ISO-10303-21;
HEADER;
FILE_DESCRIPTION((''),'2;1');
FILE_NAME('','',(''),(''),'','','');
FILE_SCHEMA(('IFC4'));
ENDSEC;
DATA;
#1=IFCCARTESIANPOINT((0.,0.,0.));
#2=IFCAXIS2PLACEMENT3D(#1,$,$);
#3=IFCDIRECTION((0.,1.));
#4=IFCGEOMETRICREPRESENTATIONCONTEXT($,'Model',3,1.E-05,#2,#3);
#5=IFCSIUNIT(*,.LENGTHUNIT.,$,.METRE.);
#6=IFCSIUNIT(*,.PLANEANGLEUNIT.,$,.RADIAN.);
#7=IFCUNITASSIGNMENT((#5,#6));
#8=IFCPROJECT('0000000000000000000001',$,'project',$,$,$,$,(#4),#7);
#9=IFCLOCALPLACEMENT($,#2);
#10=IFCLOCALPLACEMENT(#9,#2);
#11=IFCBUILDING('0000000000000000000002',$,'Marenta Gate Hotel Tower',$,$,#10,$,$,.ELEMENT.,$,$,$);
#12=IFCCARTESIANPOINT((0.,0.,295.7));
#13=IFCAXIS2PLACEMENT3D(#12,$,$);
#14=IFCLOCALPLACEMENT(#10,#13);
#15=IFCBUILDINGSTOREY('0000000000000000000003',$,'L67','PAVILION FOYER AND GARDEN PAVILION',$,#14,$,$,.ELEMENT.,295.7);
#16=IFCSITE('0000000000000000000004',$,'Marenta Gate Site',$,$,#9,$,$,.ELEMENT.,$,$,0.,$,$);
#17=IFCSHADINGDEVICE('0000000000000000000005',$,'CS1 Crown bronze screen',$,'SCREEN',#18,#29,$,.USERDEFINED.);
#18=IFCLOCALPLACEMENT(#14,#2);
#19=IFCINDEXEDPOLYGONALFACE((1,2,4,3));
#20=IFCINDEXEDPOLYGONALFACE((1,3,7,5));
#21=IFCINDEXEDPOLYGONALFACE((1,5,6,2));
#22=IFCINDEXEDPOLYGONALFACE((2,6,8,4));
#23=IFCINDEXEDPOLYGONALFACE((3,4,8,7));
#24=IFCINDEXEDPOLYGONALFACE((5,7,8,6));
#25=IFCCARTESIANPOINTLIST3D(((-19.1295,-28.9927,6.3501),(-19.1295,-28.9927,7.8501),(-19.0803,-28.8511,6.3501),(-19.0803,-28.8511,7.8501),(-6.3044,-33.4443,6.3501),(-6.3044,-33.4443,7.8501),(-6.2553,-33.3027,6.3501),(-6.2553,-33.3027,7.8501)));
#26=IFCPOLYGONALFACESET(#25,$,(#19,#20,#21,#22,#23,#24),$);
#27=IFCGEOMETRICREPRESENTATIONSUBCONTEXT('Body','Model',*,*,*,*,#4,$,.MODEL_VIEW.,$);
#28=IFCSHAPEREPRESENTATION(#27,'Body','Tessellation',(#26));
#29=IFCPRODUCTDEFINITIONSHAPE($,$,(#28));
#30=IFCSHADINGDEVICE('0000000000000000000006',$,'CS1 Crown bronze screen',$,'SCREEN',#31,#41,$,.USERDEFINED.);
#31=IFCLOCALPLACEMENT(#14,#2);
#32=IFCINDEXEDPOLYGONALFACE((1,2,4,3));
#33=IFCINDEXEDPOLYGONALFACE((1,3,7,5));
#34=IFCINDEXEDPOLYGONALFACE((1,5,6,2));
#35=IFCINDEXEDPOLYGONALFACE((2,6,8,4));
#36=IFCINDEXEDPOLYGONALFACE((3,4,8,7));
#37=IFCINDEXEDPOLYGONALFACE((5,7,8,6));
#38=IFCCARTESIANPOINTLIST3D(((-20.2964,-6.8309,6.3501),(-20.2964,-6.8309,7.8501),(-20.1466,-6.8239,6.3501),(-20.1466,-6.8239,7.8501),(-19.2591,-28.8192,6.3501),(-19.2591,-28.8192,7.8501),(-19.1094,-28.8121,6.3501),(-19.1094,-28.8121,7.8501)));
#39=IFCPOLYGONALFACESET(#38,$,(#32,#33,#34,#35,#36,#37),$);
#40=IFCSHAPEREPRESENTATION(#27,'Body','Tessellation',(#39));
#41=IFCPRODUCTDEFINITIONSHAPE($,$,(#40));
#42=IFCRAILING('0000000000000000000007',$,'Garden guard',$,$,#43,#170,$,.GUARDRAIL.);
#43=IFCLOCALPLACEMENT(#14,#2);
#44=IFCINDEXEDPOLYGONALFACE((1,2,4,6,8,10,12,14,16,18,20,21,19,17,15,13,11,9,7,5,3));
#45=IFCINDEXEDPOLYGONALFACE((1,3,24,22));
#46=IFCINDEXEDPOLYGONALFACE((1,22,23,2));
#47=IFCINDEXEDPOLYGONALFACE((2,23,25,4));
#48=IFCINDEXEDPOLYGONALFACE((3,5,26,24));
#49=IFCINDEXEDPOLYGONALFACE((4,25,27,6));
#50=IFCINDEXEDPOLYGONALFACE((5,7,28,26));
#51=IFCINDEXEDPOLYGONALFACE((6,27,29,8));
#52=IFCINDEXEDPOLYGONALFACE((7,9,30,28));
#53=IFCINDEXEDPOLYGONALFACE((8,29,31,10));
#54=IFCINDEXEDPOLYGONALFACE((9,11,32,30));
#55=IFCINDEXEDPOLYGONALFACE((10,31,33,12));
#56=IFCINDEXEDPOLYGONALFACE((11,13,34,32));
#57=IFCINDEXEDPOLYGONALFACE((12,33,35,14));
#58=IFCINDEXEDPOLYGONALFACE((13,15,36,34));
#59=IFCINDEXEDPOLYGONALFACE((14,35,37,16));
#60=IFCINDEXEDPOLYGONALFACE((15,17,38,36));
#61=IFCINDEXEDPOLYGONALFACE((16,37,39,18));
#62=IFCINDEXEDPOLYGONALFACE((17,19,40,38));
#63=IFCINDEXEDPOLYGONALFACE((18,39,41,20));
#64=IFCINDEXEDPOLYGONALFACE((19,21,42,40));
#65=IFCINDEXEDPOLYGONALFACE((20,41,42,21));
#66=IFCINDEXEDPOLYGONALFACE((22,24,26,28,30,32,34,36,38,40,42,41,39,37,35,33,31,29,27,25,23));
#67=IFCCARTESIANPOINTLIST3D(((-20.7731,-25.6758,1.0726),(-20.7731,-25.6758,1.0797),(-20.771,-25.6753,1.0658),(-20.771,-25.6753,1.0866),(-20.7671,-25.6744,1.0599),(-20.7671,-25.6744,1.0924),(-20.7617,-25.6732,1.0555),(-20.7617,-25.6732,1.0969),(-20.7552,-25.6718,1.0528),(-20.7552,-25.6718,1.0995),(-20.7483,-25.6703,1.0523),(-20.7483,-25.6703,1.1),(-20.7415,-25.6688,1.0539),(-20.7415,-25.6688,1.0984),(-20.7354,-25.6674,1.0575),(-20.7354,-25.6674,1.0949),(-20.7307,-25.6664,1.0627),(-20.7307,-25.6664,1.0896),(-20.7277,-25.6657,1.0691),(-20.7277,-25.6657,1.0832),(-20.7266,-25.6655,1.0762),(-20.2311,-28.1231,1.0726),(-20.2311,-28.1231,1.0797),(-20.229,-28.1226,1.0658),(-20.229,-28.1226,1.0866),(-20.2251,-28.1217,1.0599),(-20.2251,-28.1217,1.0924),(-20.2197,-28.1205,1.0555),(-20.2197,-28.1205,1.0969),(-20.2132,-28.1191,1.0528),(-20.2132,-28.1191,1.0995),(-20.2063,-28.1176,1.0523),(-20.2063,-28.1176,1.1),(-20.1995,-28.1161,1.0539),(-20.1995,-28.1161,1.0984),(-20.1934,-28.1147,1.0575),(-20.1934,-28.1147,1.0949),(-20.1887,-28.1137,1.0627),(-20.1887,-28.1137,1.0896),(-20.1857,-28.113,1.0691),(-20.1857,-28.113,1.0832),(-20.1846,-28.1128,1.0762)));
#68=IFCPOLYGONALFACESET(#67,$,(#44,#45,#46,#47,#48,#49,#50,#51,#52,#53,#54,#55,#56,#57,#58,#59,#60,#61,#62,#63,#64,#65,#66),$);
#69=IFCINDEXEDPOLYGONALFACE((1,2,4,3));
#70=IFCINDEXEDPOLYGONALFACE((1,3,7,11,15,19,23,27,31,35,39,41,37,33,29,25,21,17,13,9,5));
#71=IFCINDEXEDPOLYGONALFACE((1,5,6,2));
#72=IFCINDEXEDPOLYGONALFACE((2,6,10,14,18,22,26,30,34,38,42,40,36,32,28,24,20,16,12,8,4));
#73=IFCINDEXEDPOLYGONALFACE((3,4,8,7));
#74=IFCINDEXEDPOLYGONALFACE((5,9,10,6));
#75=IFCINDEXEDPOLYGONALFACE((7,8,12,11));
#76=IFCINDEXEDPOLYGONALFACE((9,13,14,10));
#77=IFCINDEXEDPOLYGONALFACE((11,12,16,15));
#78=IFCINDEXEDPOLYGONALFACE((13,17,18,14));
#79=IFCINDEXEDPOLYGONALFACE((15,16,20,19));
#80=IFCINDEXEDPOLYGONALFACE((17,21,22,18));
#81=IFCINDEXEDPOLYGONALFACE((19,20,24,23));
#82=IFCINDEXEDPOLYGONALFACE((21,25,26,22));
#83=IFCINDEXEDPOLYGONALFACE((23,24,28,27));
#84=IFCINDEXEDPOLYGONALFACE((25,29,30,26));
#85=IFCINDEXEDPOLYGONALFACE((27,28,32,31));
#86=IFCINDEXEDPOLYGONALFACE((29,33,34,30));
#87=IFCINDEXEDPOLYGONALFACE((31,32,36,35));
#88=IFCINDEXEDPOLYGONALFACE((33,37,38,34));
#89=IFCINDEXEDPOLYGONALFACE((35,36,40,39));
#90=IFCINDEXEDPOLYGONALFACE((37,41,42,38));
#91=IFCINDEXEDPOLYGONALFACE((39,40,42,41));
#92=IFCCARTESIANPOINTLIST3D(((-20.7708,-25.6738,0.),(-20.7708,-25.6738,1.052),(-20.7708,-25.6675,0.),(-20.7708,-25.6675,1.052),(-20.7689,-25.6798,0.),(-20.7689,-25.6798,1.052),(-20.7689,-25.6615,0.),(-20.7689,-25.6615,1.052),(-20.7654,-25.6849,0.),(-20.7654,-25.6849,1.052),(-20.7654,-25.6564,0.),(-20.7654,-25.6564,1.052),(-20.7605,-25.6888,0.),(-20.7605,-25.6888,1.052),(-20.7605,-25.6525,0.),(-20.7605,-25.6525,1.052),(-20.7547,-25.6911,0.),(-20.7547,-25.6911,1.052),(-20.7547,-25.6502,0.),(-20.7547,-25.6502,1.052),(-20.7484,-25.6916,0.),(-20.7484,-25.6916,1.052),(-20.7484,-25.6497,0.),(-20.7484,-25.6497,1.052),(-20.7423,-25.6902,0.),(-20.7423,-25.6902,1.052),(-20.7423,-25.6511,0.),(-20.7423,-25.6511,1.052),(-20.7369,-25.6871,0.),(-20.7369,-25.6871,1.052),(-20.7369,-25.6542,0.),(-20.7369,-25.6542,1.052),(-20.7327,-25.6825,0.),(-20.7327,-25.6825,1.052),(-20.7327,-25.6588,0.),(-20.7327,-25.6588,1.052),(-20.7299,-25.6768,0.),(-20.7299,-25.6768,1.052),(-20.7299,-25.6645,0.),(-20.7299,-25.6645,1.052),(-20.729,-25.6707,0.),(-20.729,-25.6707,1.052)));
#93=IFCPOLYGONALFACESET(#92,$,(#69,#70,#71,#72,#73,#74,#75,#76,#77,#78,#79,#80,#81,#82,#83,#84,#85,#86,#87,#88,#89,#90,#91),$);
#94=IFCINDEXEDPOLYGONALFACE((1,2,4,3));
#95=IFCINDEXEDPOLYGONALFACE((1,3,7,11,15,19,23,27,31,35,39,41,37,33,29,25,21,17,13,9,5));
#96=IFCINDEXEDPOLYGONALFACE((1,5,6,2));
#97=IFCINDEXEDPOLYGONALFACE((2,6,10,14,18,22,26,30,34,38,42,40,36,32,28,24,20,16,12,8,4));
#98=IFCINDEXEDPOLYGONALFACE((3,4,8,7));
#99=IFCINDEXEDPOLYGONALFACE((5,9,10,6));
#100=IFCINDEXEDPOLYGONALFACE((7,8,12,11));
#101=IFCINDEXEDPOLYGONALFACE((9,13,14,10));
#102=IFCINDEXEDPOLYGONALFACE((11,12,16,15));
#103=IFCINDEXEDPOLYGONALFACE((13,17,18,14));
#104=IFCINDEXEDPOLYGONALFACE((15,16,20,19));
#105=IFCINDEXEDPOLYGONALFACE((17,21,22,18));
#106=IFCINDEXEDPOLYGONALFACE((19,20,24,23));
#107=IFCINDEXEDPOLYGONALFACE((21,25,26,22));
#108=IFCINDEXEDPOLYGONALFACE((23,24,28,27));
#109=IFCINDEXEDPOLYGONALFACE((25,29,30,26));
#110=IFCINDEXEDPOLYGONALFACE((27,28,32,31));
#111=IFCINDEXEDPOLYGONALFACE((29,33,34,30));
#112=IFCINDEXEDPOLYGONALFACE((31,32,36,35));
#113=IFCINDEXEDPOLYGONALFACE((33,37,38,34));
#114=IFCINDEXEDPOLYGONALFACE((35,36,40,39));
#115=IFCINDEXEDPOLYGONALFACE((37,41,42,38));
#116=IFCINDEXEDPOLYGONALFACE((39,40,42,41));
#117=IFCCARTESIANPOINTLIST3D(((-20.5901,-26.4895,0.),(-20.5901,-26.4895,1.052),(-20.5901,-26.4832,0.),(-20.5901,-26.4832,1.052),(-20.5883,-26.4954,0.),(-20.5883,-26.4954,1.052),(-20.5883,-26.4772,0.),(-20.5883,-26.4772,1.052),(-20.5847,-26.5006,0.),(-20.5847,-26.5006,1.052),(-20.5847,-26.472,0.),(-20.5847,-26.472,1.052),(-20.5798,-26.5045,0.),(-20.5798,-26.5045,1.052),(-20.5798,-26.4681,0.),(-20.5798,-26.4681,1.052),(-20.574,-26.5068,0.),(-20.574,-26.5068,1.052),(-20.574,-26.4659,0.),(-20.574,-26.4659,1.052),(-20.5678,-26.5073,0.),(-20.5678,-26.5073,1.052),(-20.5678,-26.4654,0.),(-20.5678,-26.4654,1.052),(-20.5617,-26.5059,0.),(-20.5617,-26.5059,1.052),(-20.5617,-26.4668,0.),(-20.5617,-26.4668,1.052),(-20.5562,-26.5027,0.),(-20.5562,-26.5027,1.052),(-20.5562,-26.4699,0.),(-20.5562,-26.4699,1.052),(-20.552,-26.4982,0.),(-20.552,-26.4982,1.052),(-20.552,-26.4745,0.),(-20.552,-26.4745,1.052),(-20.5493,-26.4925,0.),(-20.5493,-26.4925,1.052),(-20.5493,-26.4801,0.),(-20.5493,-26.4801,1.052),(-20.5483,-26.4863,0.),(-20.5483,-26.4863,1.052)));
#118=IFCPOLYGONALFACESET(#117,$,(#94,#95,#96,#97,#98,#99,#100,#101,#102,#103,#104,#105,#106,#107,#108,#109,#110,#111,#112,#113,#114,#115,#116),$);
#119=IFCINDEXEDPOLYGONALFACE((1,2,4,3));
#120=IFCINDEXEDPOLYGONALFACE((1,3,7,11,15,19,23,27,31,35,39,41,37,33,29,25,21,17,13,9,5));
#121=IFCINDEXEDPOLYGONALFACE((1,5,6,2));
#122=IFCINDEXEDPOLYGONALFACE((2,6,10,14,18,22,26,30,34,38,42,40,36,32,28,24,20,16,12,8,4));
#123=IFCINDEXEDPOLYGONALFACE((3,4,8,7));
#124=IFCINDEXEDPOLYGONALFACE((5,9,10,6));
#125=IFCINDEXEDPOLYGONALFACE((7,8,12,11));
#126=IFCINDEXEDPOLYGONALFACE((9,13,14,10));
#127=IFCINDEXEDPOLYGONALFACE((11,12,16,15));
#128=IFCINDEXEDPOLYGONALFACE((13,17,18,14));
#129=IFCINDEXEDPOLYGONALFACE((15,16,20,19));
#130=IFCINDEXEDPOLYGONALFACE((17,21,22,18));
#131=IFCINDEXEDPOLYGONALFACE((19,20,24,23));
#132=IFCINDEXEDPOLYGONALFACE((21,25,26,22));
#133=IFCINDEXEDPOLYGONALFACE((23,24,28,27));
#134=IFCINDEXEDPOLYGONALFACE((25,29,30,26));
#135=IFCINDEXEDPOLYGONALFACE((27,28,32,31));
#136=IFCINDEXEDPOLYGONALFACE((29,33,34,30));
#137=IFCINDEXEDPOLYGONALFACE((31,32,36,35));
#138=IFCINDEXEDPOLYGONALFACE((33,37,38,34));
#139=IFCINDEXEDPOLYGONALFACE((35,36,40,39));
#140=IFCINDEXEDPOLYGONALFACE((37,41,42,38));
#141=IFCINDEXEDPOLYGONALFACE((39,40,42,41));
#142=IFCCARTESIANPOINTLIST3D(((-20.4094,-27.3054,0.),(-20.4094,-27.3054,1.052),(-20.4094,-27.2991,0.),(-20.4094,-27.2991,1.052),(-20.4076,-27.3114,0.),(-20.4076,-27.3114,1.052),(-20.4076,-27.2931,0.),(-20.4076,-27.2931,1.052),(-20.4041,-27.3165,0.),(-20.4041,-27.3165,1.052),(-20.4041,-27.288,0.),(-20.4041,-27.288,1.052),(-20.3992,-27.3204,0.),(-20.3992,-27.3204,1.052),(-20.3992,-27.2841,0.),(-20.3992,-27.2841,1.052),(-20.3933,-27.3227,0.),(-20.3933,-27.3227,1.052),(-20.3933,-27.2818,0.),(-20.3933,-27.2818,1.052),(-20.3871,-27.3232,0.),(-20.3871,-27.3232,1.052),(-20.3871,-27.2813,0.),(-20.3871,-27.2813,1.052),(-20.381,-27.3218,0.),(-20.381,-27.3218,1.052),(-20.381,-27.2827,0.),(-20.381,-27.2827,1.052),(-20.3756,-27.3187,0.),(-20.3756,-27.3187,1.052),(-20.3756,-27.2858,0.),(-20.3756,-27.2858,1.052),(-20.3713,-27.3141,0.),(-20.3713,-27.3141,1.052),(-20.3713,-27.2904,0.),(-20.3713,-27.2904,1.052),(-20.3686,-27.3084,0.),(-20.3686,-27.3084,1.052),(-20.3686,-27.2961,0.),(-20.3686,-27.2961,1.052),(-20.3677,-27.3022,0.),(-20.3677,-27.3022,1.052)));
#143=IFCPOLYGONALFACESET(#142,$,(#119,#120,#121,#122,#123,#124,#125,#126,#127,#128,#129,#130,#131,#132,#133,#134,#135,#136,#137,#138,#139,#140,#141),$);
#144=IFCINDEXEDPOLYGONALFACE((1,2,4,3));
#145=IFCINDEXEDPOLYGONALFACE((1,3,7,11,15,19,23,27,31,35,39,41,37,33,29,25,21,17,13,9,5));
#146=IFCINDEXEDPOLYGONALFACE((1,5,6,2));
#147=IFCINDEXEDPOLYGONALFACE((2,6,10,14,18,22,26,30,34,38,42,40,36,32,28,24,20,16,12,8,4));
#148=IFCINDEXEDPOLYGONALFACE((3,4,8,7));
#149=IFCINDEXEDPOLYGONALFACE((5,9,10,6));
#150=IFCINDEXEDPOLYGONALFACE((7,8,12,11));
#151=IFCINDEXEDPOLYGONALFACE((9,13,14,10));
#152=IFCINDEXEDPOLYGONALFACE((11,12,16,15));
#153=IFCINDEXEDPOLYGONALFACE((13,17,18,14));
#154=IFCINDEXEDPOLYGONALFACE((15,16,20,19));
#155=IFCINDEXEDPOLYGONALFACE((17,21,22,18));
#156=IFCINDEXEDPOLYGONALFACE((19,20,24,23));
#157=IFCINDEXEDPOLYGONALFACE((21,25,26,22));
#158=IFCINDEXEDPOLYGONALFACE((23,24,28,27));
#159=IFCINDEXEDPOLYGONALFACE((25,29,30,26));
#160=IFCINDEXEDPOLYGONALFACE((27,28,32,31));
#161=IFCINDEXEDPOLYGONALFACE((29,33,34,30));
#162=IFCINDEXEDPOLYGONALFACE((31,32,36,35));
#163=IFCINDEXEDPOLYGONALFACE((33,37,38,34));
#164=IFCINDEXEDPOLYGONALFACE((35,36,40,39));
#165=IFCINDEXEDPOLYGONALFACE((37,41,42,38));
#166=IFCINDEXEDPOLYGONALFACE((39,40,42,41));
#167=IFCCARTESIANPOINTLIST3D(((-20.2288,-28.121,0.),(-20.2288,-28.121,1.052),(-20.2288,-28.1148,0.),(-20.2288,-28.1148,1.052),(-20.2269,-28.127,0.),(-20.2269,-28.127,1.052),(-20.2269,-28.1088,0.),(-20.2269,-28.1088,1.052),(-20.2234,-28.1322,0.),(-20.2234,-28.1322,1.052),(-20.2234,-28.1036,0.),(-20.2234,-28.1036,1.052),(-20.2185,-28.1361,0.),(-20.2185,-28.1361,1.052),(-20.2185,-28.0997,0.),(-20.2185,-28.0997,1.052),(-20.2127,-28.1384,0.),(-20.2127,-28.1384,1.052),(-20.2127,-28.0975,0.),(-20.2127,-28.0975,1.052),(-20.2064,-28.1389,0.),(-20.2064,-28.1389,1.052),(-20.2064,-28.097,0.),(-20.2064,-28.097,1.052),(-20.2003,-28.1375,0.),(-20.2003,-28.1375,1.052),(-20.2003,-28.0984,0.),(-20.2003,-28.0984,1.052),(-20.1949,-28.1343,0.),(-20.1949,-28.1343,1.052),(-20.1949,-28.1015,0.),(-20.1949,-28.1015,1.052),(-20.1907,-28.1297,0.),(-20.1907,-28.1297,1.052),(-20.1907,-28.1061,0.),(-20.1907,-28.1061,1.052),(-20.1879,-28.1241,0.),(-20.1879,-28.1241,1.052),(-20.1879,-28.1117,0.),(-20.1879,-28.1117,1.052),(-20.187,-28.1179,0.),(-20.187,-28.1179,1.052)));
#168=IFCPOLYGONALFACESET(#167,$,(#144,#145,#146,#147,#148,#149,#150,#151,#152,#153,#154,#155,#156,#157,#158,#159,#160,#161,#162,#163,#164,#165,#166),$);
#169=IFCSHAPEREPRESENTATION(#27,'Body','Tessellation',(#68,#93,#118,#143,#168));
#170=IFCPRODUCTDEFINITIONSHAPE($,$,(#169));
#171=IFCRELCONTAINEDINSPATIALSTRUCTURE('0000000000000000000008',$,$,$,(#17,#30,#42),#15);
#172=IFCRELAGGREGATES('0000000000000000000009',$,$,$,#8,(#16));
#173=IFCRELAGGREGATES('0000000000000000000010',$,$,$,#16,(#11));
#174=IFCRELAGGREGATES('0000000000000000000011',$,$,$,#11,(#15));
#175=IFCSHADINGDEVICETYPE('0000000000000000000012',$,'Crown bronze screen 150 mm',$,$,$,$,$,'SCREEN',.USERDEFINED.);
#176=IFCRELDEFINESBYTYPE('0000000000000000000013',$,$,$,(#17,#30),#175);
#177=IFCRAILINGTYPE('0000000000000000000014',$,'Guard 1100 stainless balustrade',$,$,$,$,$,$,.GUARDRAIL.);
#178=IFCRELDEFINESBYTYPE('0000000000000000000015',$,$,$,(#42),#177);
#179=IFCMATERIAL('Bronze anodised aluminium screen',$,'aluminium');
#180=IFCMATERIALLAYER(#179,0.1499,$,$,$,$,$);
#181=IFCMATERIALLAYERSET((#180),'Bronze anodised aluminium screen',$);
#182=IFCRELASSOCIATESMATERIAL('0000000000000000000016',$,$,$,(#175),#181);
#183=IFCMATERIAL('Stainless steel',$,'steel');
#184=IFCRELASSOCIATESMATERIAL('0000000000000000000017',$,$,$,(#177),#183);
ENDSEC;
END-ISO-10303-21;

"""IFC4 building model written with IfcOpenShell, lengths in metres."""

from ifc_helpers import new_model, si_unit, direction, frame, origin, origin_2d, place, context, subcontext, project, spatial, rectangle, circle, extrude, material, layer, layer_set, type_object, element, save


model = new_model("IFC4")

# Units and contexts
model_context = context("Model", 3, precision=1e-05, world=origin(), true_north=direction((0.0, 1.0)))
body_context = subcontext(model_context, "Body", "Model", "MODEL_VIEW")
ifc_project = project(units=[si_unit("LENGTHUNIT", "METRE"), si_unit("PLANEANGLEUNIT", "RADIAN")], contexts=[model_context])

# Site, building, storey
site_placement = place(None, origin())
site = spatial("IfcSite", under=ifc_project, at=site_placement, Name="Marenta Gate Site", CompositionType="ELEMENT", RefElevation=0.0)
building_placement = place(site_placement, origin())
building = spatial("IfcBuilding", under=site, at=building_placement, Name="Marenta Gate Hotel Tower", CompositionType="ELEMENT")
storey_placement = place(building_placement, frame((0.0, 0.0, 295.7)))
storey = spatial("IfcBuildingStorey", under=building, at=storey_placement, Name="L67", Description="PAVILION FOYER AND GARDEN PAVILION", CompositionType="ELEMENT", Elevation=295.7)

# Shading devices
ifc_material_1 = material(Name="Bronze anodised aluminium screen", Category="aluminium")
ifc_layer_1 = layer(ifc_material_1, 0.1499)
ifc_layer_set_1 = layer_set([ifc_layer_1], Name="Bronze anodised aluminium screen")
shading_device_type = type_object("IfcShadingDeviceType", Name="Crown bronze screen 150 mm", ElementType="SCREEN", PredefinedType="USERDEFINED", material=ifc_layer_set_1)
shading_device_1_placement = place(storey_placement, frame((-12.6924, -31.1477, 6.3501), z_axis=(0.0, 0.0, 1.0), x_axis=(-0.944708, 0.327912, 0.0)))
element("IfcShadingDevice", 1, at=shading_device_1_placement, inside=storey, type_object=shading_device_type, Name="CS1 Crown bronze screen", ObjectType="SCREEN", PredefinedType="USERDEFINED", context=body_context, shape_type="SweptSolid", body=[
    extrude(rectangle(XDim=13.5757, YDim=0.1499, at=origin_2d()), origin(), (0.0, 0.0, 1.0), 1.5),
])
shading_device_2_placement = place(storey_placement, frame((-19.7029, -17.8215, 6.3501), z_axis=(0.0, 0.0, 1.0), x_axis=(-0.04712, 0.998889, 0.0)))
element("IfcShadingDevice", 2, at=shading_device_2_placement, inside=storey, type_object=shading_device_type, Name="CS1 Crown bronze screen", ObjectType="SCREEN", PredefinedType="USERDEFINED", context=body_context, shape_type="SweptSolid", body=[
    extrude(rectangle(XDim=22.0127, YDim=0.1499, at=origin_2d()), origin(), (0.0, 0.0, 1.0), 1.5),
])

# Railing
ifc_material_2 = material(Name="Stainless steel", Category="steel")
railing_type = type_object("IfcRailingType", Name="Guard 1100 stainless balustrade", PredefinedType="GUARDRAIL", material=ifc_material_2)
railing_1_placement = place(storey_placement, frame((-20.75, -25.6707, 0.0)))
element("IfcRailing", 3, at=railing_1_placement, inside=storey, type_object=railing_type, Name="Garden guard", PredefinedType="GUARDRAIL", context=body_context, shape_type="SweptSolid", body=[
    extrude(circle(Radius=0.0239, at=origin_2d()), frame((0.0, 0.0, 1.0762), z_axis=(0.216229, -0.976343, 0.0), x_axis=(0.976343, 0.216229, 0.0)), (0.0, 0.0, 1.0), 2.5066),
    extrude(circle(Radius=0.021, at=origin_2d()), origin(), (0.0, 0.0, 1.0), 1.052),
    extrude(circle(Radius=0.021, at=origin_2d()), frame((0.1807, -0.8157, 0.0)), (0.0, 0.0, 1.0), 1.052),
    extrude(circle(Radius=0.021, at=origin_2d()), frame((0.3613, -1.6316, 0.0)), (0.0, 0.0, 1.0), 1.052),
    extrude(circle(Radius=0.021, at=origin_2d()), frame((0.542, -2.4473, 0.0)), (0.0, 0.0, 1.0), 1.052),
])

save(model, "model.ifc")
